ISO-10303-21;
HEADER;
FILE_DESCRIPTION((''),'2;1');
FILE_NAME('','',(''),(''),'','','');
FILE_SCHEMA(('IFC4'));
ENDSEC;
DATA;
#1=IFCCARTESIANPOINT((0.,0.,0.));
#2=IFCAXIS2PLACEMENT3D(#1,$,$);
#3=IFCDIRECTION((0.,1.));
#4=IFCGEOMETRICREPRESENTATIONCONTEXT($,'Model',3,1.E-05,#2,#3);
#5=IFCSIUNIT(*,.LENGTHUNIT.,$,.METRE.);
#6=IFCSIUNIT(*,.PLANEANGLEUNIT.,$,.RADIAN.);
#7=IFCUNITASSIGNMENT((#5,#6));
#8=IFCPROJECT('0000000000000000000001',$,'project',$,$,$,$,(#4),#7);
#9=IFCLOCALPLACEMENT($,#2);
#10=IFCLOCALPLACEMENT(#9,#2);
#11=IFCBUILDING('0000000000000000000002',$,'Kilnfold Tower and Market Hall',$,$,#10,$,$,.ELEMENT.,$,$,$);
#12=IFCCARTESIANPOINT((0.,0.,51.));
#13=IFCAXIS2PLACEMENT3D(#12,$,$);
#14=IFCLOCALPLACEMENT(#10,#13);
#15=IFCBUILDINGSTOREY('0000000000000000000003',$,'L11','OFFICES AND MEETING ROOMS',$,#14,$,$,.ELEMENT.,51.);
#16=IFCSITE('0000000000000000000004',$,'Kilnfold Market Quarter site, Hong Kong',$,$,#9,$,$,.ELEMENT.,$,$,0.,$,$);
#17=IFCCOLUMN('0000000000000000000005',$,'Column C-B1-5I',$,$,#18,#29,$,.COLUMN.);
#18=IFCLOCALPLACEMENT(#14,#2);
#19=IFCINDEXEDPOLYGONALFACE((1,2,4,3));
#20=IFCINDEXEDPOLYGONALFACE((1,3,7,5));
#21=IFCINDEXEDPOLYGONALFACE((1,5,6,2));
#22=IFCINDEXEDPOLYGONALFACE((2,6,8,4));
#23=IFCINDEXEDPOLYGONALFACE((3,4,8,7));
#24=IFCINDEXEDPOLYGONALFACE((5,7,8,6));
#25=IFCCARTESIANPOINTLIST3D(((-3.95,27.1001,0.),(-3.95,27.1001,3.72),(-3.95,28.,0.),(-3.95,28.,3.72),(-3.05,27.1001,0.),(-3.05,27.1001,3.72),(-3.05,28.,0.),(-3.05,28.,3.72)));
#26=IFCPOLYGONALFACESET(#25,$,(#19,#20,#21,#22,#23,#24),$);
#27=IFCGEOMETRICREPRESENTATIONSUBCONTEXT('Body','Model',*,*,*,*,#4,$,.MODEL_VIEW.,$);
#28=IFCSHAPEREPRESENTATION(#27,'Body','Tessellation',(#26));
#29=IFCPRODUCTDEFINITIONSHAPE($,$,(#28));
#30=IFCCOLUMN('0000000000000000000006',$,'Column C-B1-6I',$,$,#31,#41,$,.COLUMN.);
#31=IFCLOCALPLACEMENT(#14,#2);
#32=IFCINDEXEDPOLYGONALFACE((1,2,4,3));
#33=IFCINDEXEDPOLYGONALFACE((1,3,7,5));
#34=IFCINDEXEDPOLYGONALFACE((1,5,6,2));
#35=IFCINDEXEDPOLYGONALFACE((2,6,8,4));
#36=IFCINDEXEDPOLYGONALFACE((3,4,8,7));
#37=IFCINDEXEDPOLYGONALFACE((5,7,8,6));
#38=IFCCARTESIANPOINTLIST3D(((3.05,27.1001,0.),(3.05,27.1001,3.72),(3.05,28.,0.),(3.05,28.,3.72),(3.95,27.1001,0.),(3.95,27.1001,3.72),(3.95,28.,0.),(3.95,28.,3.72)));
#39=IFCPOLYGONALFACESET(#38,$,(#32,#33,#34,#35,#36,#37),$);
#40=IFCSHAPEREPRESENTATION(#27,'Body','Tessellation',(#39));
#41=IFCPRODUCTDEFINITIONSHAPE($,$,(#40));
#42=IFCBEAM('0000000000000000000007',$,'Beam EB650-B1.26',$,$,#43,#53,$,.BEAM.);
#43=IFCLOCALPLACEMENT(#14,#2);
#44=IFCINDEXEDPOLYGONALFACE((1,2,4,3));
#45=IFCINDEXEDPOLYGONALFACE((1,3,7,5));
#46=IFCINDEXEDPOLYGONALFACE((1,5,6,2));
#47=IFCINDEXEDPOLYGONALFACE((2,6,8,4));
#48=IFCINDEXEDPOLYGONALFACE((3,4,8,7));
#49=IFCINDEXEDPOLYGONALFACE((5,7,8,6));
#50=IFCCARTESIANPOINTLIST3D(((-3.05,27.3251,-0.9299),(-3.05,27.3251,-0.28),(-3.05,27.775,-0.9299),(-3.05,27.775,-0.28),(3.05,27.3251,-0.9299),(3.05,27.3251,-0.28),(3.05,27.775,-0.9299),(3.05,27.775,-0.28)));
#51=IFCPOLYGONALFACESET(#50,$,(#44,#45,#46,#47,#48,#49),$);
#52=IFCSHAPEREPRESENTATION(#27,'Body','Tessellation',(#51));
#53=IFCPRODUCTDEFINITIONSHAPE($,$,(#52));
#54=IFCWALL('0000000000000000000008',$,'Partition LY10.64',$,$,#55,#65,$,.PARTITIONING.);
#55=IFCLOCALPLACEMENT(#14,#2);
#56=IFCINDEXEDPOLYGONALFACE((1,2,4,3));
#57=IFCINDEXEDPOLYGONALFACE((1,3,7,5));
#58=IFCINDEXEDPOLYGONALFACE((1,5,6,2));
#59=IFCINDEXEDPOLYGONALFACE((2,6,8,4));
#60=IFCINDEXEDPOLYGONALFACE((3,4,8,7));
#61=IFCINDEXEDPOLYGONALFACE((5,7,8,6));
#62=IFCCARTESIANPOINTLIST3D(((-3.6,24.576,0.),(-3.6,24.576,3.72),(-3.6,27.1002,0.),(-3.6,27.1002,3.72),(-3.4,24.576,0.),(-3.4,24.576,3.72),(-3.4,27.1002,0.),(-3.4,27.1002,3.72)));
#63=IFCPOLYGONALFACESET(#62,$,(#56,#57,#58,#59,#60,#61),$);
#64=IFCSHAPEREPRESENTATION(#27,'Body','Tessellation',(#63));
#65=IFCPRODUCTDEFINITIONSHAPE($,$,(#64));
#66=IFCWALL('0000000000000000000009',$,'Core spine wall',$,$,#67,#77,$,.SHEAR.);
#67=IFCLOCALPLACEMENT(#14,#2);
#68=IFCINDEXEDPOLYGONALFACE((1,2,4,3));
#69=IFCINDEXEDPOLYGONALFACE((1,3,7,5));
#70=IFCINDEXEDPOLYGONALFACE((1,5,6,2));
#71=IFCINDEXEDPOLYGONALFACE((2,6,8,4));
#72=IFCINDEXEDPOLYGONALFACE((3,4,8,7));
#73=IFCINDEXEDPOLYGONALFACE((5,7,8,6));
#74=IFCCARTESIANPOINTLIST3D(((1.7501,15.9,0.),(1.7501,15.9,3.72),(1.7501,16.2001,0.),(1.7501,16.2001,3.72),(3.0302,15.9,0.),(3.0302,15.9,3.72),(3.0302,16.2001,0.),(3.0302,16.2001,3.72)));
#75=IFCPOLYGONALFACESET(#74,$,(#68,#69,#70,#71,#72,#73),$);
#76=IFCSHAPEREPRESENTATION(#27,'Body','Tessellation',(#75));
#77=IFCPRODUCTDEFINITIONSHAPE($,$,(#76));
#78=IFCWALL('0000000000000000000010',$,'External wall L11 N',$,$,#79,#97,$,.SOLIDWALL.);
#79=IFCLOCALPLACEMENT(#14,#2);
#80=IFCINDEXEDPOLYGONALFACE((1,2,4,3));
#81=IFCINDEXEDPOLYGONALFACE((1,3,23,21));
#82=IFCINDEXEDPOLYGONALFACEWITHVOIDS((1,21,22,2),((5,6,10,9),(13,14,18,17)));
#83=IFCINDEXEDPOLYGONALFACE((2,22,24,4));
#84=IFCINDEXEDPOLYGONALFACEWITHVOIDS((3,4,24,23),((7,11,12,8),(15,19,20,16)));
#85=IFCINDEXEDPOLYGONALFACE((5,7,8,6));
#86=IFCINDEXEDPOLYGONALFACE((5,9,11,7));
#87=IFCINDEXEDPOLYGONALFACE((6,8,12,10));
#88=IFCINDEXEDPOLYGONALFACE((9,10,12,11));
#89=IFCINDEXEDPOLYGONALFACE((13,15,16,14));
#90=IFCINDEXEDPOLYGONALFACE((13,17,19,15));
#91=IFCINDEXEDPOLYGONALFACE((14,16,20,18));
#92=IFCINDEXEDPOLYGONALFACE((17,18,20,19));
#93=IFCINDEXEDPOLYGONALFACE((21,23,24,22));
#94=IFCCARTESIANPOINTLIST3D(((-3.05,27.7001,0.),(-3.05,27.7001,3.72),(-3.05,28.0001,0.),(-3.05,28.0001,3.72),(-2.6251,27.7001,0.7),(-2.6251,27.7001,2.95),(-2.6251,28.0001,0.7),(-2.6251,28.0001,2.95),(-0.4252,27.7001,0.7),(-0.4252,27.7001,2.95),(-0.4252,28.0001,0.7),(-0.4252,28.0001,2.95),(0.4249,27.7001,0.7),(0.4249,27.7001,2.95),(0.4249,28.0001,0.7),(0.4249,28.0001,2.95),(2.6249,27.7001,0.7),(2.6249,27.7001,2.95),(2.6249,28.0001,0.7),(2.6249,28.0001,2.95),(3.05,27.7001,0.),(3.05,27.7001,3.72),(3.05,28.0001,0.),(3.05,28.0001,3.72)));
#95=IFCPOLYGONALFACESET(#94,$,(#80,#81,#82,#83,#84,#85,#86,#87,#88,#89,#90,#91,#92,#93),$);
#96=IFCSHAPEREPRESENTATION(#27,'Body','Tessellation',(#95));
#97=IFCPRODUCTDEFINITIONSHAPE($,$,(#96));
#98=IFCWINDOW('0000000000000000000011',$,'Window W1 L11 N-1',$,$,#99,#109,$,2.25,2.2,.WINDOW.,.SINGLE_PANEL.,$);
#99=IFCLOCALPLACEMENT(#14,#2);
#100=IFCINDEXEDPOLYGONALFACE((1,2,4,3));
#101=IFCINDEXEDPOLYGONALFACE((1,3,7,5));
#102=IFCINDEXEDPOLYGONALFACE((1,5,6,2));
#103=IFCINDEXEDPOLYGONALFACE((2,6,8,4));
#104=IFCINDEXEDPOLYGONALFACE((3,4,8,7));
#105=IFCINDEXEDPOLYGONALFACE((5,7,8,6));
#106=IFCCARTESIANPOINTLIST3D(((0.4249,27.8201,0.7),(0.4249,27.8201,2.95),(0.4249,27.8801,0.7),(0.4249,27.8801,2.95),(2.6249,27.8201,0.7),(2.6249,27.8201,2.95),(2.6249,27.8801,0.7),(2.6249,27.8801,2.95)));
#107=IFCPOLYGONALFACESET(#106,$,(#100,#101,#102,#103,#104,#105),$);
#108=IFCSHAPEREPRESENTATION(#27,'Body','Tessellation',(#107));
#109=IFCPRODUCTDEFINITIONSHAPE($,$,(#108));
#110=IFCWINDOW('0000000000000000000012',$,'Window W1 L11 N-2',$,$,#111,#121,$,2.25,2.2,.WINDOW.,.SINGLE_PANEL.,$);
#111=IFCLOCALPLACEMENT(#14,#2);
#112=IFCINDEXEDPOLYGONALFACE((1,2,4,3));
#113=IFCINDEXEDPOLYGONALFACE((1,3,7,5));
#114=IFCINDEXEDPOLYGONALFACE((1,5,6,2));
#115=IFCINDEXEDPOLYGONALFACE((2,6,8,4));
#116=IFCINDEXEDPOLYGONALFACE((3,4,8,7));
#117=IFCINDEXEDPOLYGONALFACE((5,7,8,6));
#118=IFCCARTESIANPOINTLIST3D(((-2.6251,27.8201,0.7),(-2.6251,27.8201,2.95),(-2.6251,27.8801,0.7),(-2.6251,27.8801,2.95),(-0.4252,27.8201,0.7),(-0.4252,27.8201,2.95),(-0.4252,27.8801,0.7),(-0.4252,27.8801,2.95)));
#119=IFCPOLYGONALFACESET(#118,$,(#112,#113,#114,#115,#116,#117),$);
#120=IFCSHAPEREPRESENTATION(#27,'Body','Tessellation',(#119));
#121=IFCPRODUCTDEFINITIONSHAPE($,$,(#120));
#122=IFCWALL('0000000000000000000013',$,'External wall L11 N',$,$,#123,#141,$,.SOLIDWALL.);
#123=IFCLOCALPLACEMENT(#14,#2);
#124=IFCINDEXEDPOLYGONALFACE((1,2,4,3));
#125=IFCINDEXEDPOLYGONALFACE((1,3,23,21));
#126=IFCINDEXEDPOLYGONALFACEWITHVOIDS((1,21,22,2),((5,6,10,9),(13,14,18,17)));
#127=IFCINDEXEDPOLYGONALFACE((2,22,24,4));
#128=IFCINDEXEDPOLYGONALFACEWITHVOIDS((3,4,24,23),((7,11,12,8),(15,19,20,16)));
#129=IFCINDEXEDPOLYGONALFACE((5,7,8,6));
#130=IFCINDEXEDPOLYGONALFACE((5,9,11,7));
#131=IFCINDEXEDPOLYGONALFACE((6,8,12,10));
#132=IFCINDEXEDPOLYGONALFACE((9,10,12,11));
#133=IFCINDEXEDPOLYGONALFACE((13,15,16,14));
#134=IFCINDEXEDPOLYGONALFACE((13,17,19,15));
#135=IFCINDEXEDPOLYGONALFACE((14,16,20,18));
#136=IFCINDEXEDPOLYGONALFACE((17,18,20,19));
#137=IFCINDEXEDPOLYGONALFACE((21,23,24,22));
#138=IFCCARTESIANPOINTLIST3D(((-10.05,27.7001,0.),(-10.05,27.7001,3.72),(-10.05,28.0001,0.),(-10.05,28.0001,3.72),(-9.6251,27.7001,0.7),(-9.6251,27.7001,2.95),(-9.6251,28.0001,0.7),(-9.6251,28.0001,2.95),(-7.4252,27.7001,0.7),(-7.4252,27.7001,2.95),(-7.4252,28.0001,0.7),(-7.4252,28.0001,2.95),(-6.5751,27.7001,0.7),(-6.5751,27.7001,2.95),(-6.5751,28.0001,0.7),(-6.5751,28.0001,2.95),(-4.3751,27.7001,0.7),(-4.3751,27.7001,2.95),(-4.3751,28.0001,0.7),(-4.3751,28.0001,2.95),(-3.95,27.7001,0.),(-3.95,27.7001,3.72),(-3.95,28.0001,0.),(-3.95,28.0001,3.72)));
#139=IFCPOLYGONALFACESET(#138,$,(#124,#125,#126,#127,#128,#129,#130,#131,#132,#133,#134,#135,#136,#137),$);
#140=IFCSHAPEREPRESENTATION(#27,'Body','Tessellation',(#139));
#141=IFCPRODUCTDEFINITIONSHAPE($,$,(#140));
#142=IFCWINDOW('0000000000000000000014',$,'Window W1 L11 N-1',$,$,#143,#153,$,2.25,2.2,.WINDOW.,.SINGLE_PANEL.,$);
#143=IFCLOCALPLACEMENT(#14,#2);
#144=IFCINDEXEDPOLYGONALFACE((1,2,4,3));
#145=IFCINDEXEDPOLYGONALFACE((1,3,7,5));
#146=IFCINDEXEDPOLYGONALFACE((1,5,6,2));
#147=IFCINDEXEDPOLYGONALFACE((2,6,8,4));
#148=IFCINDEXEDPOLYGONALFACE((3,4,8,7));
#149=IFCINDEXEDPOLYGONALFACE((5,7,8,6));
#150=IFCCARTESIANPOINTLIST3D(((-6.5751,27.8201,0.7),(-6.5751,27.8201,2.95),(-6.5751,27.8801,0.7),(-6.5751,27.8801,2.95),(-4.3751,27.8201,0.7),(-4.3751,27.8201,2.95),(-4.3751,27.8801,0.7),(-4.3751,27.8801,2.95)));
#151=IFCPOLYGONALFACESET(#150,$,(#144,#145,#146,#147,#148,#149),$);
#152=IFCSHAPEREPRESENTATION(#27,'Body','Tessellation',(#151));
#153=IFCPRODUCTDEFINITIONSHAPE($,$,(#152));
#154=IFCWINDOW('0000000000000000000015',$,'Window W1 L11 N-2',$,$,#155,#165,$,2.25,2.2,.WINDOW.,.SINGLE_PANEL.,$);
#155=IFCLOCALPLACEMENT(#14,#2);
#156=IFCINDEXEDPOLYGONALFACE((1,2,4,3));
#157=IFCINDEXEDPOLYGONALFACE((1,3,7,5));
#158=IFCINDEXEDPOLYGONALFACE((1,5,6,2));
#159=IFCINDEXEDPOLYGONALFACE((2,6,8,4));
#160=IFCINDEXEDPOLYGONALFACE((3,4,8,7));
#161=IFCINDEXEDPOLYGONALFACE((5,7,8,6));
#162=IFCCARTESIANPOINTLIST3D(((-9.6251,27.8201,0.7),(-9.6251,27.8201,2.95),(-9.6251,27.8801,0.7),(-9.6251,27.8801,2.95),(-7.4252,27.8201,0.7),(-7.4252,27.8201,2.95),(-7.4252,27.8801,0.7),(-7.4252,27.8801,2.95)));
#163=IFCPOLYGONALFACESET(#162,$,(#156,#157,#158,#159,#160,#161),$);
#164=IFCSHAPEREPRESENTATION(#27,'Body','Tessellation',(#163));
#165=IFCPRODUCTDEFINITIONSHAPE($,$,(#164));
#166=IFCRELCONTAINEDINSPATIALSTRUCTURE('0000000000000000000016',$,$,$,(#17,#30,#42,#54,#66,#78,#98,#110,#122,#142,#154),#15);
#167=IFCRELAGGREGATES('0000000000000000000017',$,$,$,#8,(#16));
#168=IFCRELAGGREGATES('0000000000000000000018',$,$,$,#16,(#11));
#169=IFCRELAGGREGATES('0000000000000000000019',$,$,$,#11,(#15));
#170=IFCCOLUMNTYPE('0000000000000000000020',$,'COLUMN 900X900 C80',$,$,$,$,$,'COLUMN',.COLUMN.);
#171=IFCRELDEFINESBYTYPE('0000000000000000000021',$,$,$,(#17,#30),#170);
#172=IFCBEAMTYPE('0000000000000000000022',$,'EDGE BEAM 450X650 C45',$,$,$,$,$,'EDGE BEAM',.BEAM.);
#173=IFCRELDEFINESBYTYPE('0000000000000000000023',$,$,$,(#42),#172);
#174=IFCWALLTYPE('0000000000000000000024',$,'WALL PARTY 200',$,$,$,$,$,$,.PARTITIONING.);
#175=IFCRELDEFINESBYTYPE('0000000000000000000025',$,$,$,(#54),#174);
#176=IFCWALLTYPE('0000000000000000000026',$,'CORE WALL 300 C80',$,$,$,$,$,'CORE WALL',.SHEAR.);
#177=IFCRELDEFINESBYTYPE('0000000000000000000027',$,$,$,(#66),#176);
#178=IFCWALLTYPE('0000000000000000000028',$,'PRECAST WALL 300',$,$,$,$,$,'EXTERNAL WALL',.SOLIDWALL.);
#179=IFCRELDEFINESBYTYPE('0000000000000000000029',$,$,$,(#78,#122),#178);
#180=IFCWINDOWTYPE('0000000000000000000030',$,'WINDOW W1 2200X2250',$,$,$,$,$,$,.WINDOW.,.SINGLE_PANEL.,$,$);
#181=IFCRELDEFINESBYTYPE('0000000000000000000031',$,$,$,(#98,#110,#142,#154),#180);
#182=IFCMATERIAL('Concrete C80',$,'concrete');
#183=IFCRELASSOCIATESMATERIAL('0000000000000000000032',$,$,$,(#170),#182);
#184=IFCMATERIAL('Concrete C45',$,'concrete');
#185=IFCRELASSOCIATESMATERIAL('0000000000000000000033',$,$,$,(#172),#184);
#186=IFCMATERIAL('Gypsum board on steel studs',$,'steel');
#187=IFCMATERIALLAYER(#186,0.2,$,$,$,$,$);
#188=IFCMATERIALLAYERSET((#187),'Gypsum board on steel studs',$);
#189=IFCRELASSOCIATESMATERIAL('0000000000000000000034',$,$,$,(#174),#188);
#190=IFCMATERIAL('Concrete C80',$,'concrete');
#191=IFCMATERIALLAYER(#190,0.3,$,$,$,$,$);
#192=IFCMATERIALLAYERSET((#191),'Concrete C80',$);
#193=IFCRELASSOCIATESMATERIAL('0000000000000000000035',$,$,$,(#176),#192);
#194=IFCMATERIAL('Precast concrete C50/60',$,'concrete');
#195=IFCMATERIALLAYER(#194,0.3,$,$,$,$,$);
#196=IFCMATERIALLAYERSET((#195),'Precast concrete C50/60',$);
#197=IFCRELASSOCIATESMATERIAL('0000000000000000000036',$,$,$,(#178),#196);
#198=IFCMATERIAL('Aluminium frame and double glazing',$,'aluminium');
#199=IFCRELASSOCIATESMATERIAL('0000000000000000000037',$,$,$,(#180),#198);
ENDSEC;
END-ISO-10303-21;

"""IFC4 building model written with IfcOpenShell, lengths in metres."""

from ifc_helpers import new_model, si_unit, direction, frame, frame_2d, origin, origin_2d, place, context, subcontext, project, spatial, rectangle, extrude, source, transform, mapped, material, layer, layer_set, material_profile, profile_set, type_object, element, fill, save


model = new_model("IFC4")

# Units and contexts
model_context = context("Model", 3, precision=1e-05, world=origin(), true_north=direction((0.0, 1.0)))
body_context = subcontext(model_context, "Body", "Model", "MODEL_VIEW")
ifc_project = project(units=[si_unit("LENGTHUNIT", "METRE"), si_unit("PLANEANGLEUNIT", "RADIAN")], contexts=[model_context])

# Site, building, storey
site_placement = place(None, origin())
site = spatial("IfcSite", under=ifc_project, at=site_placement, Name="Kilnfold Market Quarter site, Hong Kong", CompositionType="ELEMENT", RefElevation=0.0)
building_placement = place(site_placement, origin())
building = spatial("IfcBuilding", under=site, at=building_placement, Name="Kilnfold Tower and Market Hall", CompositionType="ELEMENT")
storey_placement = place(building_placement, frame((0.0, 0.0, 51.0)))
storey = spatial("IfcBuildingStorey", under=building, at=storey_placement, Name="L11", Description="OFFICES AND MEETING ROOMS", CompositionType="ELEMENT", Elevation=51.0)

# Columns
ifc_material_1 = material(Name="Concrete C80", Category="concrete")
ifc_material_profile_1 = material_profile(ifc_material_1, rectangle(XDim=0.8999, YDim=0.8999, at=origin_2d()), Name="RC 900x900")
ifc_profile_set_1 = profile_set([ifc_material_profile_1], Name="Concrete C80")
column_type = type_object("IfcColumnType", Name="COLUMN 900X900 C80", ElementType="COLUMN", PredefinedType="COLUMN", material=ifc_profile_set_1)
shared_shape_1 = source(origin(), body_context, "Body", "SweptSolid", [
    extrude(rectangle(XDim=0.8999, YDim=0.8999, at=origin_2d()), origin(), (0.0, 0.0, 1.0), 3.72),
])
for number, where, z_axis, x_axis, name in (
    (1, (-3.5, 27.55, 0.0), (0.0, 0.0, 1.0), (1.0, 0.0, 0.0), "Column C-B1-5I"),
    (2, (3.5, 27.55, 0.0), (0.0, 0.0, 1.0), (1.0, 0.0, 0.0), "Column C-B1-6I"),
):
    element("IfcColumn", number, at=place(storey_placement, frame(where, z_axis=z_axis, x_axis=x_axis)), inside=storey, type_object=column_type, Name=name, PredefinedType="COLUMN", context=body_context, shape_type="MappedRepresentation", body=[
        mapped(shared_shape_1, transform((0.0, 0.0, 0.0))),
    ])

# Beam
ifc_material_2 = material(Name="Concrete C45", Category="concrete")
ifc_material_profile_2 = material_profile(ifc_material_2, rectangle(XDim=0.45, YDim=0.6499, at=origin_2d()), Name="RC 450x650")
ifc_profile_set_2 = profile_set([ifc_material_profile_2], Name="Concrete C45")
beam_type = type_object("IfcBeamType", Name="EDGE BEAM 450X650 C45", ElementType="EDGE BEAM", PredefinedType="BEAM", material=ifc_profile_set_2)
shared_shape_2 = source(origin(), body_context, "Body", "SweptSolid", [
    extrude(rectangle(XDim=0.45, YDim=0.6499, at=origin_2d()), origin(), (0.0, 0.0, 1.0), 6.1001),
])
beam_placement = place(storey_placement, frame((-3.05, 27.55, -0.605), z_axis=(1.0, 0.0, 0.0), x_axis=(0.0, 1.0, 0.0)))
element("IfcBeam", 3, at=beam_placement, inside=storey, type_object=beam_type, Name="Beam EB650-B1.26", PredefinedType="BEAM", context=body_context, shape_type="MappedRepresentation", body=[
    mapped(shared_shape_2, transform((0.0, 0.0, 0.0))),
])

# Walls
ifc_material_3 = material(Name="Gypsum board on steel studs", Category="steel")
ifc_layer_1 = layer(ifc_material_3, 0.2)
ifc_layer_set_1 = layer_set([ifc_layer_1], Name="Gypsum board on steel studs")
wall_type_1 = type_object("IfcWallType", Name="WALL PARTY 200", PredefinedType="PARTITIONING", material=ifc_layer_set_1)
wall_1_placement = place(storey_placement, frame((-3.5, 24.5759, 0.0), z_axis=(0.0, 0.0, 1.0), x_axis=(0.0, 1.0, 0.0)))
element("IfcWall", 4, at=wall_1_placement, inside=storey, type_object=wall_type_1, Name="Partition LY10.64", PredefinedType="PARTITIONING", context=body_context, shape_type="SweptSolid", body=[
    extrude(rectangle(XDim=2.5242, YDim=0.2, at=frame_2d((1.2622, 0.0))), origin(), (0.0, 0.0, 1.0), 3.72),
])
ifc_material_4 = material(Name="Concrete C80", Category="concrete")
ifc_layer_2 = layer(ifc_material_4, 0.3)
ifc_layer_set_2 = layer_set([ifc_layer_2], Name="Concrete C80")
wall_type_2 = type_object("IfcWallType", Name="CORE WALL 300 C80", ElementType="CORE WALL", PredefinedType="SHEAR", material=ifc_layer_set_2)
shared_shape_3 = source(origin(), body_context, "Body", "SweptSolid", [
    extrude(rectangle(XDim=1.28, YDim=0.3, at=frame_2d((0.6401, 0.0))), origin(), (0.0, 0.0, 1.0), 3.72),
])
wall_2_placement = place(storey_placement, frame((1.75, 16.05, 0.0), z_axis=(0.0, 0.0, 1.0), x_axis=(1.0, 0.0, 0.0)))
element("IfcWall", 5, at=wall_2_placement, inside=storey, type_object=wall_type_2, Name="Core spine wall", PredefinedType="SHEAR", context=body_context, shape_type="MappedRepresentation", body=[
    mapped(shared_shape_3, transform((0.0, 0.0, 0.0))),
])

# Walls, openings, windows
ifc_material_5 = material(Name="Precast concrete C50/60", Category="concrete")
ifc_layer_3 = layer(ifc_material_5, 0.3)
ifc_layer_set_3 = layer_set([ifc_layer_3], Name="Precast concrete C50/60")
wall_type_3 = type_object("IfcWallType", Name="PRECAST WALL 300", ElementType="EXTERNAL WALL", PredefinedType="SOLIDWALL", material=ifc_layer_set_3)
shared_shape_4 = source(origin(), body_context, "Body", "SweptSolid", [
    extrude(rectangle(XDim=6.1001, YDim=0.3, at=frame_2d((3.05, 0.0))), origin(), (0.0, 0.0, 1.0), 3.72),
])
wall_3_placement = place(storey_placement, frame((3.05, 27.8501, 0.0), z_axis=(0.0, 0.0, 1.0), x_axis=(-1.0, 0.0, 0.0)))
wall_3 = element("IfcWall", 6, at=wall_3_placement, inside=storey, type_object=wall_type_3, Name="External wall L11 N", PredefinedType="SOLIDWALL", context=body_context, shape_type="MappedRepresentation", body=[
    mapped(shared_shape_4, transform((0.0, 0.0, 0.0))),
])
opening_1_placement = place(wall_3_placement, frame((0.425, 0.0, 0.7)))
opening_1 = element("IfcOpeningElement", 7, at=opening_1_placement, cuts=wall_3, PredefinedType="OPENING", context=body_context, shape_type="SweptSolid", body=[
    extrude(rectangle(XDim=2.2, YDim=2.25, at=frame_2d((1.1001, 1.125))), frame((0.0, 0.1602, 0.0), z_axis=(0.0, -1.0, 0.0), x_axis=(1.0, 0.0, 0.0)), (0.0, 0.0, 1.0), 0.3201),
])
opening_2_placement = place(wall_3_placement, frame((3.4751, 0.0, 0.7)))
opening_2 = element("IfcOpeningElement", 8, at=opening_2_placement, cuts=wall_3, PredefinedType="OPENING", context=body_context, shape_type="SweptSolid", body=[
    extrude(rectangle(XDim=2.2, YDim=2.25, at=frame_2d((1.1001, 1.125))), frame((0.0, 0.1602, 0.0), z_axis=(0.0, -1.0, 0.0), x_axis=(1.0, 0.0, 0.0)), (0.0, 0.0, 1.0), 0.3201),
])
ifc_material_6 = material(Name="Aluminium frame and double glazing", Category="aluminium")
window_type = type_object("IfcWindowType", Name="WINDOW W1 2200X2250", PartitioningType="SINGLE_PANEL", PredefinedType="WINDOW", material=ifc_material_6)
window_1_placement = place(opening_1_placement, origin())
window_1 = element("IfcWindow", 9, at=window_1_placement, inside=storey, type_object=window_type, Name="Window W1 L11 N-1", OverallHeight=2.25, OverallWidth=2.2, PartitioningType="SINGLE_PANEL", PredefinedType="WINDOW", context=body_context, shape_type="SweptSolid", body=[
    extrude(rectangle(XDim=2.2, YDim=2.25, at=frame_2d((1.1001, 1.125))), frame((0.0, 0.03, 0.0), z_axis=(0.0, -1.0, 0.0), x_axis=(1.0, 0.0, 0.0)), (0.0, 0.0, 1.0), 0.0601),
])
fill(opening_1, window_1)
window_2_placement = place(opening_2_placement, origin())
window_2 = element("IfcWindow", 10, at=window_2_placement, inside=storey, type_object=window_type, Name="Window W1 L11 N-2", OverallHeight=2.25, OverallWidth=2.2, PartitioningType="SINGLE_PANEL", PredefinedType="WINDOW", context=body_context, shape_type="SweptSolid", body=[
    extrude(rectangle(XDim=2.2, YDim=2.25, at=frame_2d((1.1001, 1.125))), frame((0.0, 0.03, 0.0), z_axis=(0.0, -1.0, 0.0), x_axis=(1.0, 0.0, 0.0)), (0.0, 0.0, 1.0), 0.0601),
])
fill(opening_2, window_2)
wall_4_placement = place(storey_placement, frame((-3.95, 27.8501, 0.0), z_axis=(0.0, 0.0, 1.0), x_axis=(-1.0, 0.0, 0.0)))
wall_4 = element("IfcWall", 11, at=wall_4_placement, inside=storey, type_object=wall_type_3, Name="External wall L11 N", PredefinedType="SOLIDWALL", context=body_context, shape_type="MappedRepresentation", body=[
    mapped(shared_shape_4, transform((0.0, 0.0, 0.0))),
])
opening_3_placement = place(wall_4_placement, frame((0.425, 0.0, 0.7)))
opening_3 = element("IfcOpeningElement", 12, at=opening_3_placement, cuts=wall_4, PredefinedType="OPENING", context=body_context, shape_type="SweptSolid", body=[
    extrude(rectangle(XDim=2.2, YDim=2.25, at=frame_2d((1.1001, 1.125))), frame((0.0, 0.1602, 0.0), z_axis=(0.0, -1.0, 0.0), x_axis=(1.0, 0.0, 0.0)), (0.0, 0.0, 1.0), 0.3201),
])
opening_4_placement = place(wall_4_placement, frame((3.4751, 0.0, 0.7)))
opening_4 = element("IfcOpeningElement", 13, at=opening_4_placement, cuts=wall_4, PredefinedType="OPENING", context=body_context, shape_type="SweptSolid", body=[
    extrude(rectangle(XDim=2.2, YDim=2.25, at=frame_2d((1.1001, 1.125))), frame((0.0, 0.1602, 0.0), z_axis=(0.0, -1.0, 0.0), x_axis=(1.0, 0.0, 0.0)), (0.0, 0.0, 1.0), 0.3201),
])
window_3_placement = place(opening_3_placement, origin())
window_3 = element("IfcWindow", 14, at=window_3_placement, inside=storey, type_object=window_type, Name="Window W1 L11 N-1", OverallHeight=2.25, OverallWidth=2.2, PartitioningType="SINGLE_PANEL", PredefinedType="WINDOW", context=body_context, shape_type="SweptSolid", body=[
    extrude(rectangle(XDim=2.2, YDim=2.25, at=frame_2d((1.1001, 1.125))), frame((0.0, 0.03, 0.0), z_axis=(0.0, -1.0, 0.0), x_axis=(1.0, 0.0, 0.0)), (0.0, 0.0, 1.0), 0.0601),
])
fill(opening_3, window_3)
window_4_placement = place(opening_4_placement, origin())
window_4 = element("IfcWindow", 15, at=window_4_placement, inside=storey, type_object=window_type, Name="Window W1 L11 N-2", OverallHeight=2.25, OverallWidth=2.2, PartitioningType="SINGLE_PANEL", PredefinedType="WINDOW", context=body_context, shape_type="SweptSolid", body=[
    extrude(rectangle(XDim=2.2, YDim=2.25, at=frame_2d((1.1001, 1.125))), frame((0.0, 0.03, 0.0), z_axis=(0.0, -1.0, 0.0), x_axis=(1.0, 0.0, 0.0)), (0.0, 0.0, 1.0), 0.0601),
])
fill(opening_4, window_4)

save(model, "model.ifc")
